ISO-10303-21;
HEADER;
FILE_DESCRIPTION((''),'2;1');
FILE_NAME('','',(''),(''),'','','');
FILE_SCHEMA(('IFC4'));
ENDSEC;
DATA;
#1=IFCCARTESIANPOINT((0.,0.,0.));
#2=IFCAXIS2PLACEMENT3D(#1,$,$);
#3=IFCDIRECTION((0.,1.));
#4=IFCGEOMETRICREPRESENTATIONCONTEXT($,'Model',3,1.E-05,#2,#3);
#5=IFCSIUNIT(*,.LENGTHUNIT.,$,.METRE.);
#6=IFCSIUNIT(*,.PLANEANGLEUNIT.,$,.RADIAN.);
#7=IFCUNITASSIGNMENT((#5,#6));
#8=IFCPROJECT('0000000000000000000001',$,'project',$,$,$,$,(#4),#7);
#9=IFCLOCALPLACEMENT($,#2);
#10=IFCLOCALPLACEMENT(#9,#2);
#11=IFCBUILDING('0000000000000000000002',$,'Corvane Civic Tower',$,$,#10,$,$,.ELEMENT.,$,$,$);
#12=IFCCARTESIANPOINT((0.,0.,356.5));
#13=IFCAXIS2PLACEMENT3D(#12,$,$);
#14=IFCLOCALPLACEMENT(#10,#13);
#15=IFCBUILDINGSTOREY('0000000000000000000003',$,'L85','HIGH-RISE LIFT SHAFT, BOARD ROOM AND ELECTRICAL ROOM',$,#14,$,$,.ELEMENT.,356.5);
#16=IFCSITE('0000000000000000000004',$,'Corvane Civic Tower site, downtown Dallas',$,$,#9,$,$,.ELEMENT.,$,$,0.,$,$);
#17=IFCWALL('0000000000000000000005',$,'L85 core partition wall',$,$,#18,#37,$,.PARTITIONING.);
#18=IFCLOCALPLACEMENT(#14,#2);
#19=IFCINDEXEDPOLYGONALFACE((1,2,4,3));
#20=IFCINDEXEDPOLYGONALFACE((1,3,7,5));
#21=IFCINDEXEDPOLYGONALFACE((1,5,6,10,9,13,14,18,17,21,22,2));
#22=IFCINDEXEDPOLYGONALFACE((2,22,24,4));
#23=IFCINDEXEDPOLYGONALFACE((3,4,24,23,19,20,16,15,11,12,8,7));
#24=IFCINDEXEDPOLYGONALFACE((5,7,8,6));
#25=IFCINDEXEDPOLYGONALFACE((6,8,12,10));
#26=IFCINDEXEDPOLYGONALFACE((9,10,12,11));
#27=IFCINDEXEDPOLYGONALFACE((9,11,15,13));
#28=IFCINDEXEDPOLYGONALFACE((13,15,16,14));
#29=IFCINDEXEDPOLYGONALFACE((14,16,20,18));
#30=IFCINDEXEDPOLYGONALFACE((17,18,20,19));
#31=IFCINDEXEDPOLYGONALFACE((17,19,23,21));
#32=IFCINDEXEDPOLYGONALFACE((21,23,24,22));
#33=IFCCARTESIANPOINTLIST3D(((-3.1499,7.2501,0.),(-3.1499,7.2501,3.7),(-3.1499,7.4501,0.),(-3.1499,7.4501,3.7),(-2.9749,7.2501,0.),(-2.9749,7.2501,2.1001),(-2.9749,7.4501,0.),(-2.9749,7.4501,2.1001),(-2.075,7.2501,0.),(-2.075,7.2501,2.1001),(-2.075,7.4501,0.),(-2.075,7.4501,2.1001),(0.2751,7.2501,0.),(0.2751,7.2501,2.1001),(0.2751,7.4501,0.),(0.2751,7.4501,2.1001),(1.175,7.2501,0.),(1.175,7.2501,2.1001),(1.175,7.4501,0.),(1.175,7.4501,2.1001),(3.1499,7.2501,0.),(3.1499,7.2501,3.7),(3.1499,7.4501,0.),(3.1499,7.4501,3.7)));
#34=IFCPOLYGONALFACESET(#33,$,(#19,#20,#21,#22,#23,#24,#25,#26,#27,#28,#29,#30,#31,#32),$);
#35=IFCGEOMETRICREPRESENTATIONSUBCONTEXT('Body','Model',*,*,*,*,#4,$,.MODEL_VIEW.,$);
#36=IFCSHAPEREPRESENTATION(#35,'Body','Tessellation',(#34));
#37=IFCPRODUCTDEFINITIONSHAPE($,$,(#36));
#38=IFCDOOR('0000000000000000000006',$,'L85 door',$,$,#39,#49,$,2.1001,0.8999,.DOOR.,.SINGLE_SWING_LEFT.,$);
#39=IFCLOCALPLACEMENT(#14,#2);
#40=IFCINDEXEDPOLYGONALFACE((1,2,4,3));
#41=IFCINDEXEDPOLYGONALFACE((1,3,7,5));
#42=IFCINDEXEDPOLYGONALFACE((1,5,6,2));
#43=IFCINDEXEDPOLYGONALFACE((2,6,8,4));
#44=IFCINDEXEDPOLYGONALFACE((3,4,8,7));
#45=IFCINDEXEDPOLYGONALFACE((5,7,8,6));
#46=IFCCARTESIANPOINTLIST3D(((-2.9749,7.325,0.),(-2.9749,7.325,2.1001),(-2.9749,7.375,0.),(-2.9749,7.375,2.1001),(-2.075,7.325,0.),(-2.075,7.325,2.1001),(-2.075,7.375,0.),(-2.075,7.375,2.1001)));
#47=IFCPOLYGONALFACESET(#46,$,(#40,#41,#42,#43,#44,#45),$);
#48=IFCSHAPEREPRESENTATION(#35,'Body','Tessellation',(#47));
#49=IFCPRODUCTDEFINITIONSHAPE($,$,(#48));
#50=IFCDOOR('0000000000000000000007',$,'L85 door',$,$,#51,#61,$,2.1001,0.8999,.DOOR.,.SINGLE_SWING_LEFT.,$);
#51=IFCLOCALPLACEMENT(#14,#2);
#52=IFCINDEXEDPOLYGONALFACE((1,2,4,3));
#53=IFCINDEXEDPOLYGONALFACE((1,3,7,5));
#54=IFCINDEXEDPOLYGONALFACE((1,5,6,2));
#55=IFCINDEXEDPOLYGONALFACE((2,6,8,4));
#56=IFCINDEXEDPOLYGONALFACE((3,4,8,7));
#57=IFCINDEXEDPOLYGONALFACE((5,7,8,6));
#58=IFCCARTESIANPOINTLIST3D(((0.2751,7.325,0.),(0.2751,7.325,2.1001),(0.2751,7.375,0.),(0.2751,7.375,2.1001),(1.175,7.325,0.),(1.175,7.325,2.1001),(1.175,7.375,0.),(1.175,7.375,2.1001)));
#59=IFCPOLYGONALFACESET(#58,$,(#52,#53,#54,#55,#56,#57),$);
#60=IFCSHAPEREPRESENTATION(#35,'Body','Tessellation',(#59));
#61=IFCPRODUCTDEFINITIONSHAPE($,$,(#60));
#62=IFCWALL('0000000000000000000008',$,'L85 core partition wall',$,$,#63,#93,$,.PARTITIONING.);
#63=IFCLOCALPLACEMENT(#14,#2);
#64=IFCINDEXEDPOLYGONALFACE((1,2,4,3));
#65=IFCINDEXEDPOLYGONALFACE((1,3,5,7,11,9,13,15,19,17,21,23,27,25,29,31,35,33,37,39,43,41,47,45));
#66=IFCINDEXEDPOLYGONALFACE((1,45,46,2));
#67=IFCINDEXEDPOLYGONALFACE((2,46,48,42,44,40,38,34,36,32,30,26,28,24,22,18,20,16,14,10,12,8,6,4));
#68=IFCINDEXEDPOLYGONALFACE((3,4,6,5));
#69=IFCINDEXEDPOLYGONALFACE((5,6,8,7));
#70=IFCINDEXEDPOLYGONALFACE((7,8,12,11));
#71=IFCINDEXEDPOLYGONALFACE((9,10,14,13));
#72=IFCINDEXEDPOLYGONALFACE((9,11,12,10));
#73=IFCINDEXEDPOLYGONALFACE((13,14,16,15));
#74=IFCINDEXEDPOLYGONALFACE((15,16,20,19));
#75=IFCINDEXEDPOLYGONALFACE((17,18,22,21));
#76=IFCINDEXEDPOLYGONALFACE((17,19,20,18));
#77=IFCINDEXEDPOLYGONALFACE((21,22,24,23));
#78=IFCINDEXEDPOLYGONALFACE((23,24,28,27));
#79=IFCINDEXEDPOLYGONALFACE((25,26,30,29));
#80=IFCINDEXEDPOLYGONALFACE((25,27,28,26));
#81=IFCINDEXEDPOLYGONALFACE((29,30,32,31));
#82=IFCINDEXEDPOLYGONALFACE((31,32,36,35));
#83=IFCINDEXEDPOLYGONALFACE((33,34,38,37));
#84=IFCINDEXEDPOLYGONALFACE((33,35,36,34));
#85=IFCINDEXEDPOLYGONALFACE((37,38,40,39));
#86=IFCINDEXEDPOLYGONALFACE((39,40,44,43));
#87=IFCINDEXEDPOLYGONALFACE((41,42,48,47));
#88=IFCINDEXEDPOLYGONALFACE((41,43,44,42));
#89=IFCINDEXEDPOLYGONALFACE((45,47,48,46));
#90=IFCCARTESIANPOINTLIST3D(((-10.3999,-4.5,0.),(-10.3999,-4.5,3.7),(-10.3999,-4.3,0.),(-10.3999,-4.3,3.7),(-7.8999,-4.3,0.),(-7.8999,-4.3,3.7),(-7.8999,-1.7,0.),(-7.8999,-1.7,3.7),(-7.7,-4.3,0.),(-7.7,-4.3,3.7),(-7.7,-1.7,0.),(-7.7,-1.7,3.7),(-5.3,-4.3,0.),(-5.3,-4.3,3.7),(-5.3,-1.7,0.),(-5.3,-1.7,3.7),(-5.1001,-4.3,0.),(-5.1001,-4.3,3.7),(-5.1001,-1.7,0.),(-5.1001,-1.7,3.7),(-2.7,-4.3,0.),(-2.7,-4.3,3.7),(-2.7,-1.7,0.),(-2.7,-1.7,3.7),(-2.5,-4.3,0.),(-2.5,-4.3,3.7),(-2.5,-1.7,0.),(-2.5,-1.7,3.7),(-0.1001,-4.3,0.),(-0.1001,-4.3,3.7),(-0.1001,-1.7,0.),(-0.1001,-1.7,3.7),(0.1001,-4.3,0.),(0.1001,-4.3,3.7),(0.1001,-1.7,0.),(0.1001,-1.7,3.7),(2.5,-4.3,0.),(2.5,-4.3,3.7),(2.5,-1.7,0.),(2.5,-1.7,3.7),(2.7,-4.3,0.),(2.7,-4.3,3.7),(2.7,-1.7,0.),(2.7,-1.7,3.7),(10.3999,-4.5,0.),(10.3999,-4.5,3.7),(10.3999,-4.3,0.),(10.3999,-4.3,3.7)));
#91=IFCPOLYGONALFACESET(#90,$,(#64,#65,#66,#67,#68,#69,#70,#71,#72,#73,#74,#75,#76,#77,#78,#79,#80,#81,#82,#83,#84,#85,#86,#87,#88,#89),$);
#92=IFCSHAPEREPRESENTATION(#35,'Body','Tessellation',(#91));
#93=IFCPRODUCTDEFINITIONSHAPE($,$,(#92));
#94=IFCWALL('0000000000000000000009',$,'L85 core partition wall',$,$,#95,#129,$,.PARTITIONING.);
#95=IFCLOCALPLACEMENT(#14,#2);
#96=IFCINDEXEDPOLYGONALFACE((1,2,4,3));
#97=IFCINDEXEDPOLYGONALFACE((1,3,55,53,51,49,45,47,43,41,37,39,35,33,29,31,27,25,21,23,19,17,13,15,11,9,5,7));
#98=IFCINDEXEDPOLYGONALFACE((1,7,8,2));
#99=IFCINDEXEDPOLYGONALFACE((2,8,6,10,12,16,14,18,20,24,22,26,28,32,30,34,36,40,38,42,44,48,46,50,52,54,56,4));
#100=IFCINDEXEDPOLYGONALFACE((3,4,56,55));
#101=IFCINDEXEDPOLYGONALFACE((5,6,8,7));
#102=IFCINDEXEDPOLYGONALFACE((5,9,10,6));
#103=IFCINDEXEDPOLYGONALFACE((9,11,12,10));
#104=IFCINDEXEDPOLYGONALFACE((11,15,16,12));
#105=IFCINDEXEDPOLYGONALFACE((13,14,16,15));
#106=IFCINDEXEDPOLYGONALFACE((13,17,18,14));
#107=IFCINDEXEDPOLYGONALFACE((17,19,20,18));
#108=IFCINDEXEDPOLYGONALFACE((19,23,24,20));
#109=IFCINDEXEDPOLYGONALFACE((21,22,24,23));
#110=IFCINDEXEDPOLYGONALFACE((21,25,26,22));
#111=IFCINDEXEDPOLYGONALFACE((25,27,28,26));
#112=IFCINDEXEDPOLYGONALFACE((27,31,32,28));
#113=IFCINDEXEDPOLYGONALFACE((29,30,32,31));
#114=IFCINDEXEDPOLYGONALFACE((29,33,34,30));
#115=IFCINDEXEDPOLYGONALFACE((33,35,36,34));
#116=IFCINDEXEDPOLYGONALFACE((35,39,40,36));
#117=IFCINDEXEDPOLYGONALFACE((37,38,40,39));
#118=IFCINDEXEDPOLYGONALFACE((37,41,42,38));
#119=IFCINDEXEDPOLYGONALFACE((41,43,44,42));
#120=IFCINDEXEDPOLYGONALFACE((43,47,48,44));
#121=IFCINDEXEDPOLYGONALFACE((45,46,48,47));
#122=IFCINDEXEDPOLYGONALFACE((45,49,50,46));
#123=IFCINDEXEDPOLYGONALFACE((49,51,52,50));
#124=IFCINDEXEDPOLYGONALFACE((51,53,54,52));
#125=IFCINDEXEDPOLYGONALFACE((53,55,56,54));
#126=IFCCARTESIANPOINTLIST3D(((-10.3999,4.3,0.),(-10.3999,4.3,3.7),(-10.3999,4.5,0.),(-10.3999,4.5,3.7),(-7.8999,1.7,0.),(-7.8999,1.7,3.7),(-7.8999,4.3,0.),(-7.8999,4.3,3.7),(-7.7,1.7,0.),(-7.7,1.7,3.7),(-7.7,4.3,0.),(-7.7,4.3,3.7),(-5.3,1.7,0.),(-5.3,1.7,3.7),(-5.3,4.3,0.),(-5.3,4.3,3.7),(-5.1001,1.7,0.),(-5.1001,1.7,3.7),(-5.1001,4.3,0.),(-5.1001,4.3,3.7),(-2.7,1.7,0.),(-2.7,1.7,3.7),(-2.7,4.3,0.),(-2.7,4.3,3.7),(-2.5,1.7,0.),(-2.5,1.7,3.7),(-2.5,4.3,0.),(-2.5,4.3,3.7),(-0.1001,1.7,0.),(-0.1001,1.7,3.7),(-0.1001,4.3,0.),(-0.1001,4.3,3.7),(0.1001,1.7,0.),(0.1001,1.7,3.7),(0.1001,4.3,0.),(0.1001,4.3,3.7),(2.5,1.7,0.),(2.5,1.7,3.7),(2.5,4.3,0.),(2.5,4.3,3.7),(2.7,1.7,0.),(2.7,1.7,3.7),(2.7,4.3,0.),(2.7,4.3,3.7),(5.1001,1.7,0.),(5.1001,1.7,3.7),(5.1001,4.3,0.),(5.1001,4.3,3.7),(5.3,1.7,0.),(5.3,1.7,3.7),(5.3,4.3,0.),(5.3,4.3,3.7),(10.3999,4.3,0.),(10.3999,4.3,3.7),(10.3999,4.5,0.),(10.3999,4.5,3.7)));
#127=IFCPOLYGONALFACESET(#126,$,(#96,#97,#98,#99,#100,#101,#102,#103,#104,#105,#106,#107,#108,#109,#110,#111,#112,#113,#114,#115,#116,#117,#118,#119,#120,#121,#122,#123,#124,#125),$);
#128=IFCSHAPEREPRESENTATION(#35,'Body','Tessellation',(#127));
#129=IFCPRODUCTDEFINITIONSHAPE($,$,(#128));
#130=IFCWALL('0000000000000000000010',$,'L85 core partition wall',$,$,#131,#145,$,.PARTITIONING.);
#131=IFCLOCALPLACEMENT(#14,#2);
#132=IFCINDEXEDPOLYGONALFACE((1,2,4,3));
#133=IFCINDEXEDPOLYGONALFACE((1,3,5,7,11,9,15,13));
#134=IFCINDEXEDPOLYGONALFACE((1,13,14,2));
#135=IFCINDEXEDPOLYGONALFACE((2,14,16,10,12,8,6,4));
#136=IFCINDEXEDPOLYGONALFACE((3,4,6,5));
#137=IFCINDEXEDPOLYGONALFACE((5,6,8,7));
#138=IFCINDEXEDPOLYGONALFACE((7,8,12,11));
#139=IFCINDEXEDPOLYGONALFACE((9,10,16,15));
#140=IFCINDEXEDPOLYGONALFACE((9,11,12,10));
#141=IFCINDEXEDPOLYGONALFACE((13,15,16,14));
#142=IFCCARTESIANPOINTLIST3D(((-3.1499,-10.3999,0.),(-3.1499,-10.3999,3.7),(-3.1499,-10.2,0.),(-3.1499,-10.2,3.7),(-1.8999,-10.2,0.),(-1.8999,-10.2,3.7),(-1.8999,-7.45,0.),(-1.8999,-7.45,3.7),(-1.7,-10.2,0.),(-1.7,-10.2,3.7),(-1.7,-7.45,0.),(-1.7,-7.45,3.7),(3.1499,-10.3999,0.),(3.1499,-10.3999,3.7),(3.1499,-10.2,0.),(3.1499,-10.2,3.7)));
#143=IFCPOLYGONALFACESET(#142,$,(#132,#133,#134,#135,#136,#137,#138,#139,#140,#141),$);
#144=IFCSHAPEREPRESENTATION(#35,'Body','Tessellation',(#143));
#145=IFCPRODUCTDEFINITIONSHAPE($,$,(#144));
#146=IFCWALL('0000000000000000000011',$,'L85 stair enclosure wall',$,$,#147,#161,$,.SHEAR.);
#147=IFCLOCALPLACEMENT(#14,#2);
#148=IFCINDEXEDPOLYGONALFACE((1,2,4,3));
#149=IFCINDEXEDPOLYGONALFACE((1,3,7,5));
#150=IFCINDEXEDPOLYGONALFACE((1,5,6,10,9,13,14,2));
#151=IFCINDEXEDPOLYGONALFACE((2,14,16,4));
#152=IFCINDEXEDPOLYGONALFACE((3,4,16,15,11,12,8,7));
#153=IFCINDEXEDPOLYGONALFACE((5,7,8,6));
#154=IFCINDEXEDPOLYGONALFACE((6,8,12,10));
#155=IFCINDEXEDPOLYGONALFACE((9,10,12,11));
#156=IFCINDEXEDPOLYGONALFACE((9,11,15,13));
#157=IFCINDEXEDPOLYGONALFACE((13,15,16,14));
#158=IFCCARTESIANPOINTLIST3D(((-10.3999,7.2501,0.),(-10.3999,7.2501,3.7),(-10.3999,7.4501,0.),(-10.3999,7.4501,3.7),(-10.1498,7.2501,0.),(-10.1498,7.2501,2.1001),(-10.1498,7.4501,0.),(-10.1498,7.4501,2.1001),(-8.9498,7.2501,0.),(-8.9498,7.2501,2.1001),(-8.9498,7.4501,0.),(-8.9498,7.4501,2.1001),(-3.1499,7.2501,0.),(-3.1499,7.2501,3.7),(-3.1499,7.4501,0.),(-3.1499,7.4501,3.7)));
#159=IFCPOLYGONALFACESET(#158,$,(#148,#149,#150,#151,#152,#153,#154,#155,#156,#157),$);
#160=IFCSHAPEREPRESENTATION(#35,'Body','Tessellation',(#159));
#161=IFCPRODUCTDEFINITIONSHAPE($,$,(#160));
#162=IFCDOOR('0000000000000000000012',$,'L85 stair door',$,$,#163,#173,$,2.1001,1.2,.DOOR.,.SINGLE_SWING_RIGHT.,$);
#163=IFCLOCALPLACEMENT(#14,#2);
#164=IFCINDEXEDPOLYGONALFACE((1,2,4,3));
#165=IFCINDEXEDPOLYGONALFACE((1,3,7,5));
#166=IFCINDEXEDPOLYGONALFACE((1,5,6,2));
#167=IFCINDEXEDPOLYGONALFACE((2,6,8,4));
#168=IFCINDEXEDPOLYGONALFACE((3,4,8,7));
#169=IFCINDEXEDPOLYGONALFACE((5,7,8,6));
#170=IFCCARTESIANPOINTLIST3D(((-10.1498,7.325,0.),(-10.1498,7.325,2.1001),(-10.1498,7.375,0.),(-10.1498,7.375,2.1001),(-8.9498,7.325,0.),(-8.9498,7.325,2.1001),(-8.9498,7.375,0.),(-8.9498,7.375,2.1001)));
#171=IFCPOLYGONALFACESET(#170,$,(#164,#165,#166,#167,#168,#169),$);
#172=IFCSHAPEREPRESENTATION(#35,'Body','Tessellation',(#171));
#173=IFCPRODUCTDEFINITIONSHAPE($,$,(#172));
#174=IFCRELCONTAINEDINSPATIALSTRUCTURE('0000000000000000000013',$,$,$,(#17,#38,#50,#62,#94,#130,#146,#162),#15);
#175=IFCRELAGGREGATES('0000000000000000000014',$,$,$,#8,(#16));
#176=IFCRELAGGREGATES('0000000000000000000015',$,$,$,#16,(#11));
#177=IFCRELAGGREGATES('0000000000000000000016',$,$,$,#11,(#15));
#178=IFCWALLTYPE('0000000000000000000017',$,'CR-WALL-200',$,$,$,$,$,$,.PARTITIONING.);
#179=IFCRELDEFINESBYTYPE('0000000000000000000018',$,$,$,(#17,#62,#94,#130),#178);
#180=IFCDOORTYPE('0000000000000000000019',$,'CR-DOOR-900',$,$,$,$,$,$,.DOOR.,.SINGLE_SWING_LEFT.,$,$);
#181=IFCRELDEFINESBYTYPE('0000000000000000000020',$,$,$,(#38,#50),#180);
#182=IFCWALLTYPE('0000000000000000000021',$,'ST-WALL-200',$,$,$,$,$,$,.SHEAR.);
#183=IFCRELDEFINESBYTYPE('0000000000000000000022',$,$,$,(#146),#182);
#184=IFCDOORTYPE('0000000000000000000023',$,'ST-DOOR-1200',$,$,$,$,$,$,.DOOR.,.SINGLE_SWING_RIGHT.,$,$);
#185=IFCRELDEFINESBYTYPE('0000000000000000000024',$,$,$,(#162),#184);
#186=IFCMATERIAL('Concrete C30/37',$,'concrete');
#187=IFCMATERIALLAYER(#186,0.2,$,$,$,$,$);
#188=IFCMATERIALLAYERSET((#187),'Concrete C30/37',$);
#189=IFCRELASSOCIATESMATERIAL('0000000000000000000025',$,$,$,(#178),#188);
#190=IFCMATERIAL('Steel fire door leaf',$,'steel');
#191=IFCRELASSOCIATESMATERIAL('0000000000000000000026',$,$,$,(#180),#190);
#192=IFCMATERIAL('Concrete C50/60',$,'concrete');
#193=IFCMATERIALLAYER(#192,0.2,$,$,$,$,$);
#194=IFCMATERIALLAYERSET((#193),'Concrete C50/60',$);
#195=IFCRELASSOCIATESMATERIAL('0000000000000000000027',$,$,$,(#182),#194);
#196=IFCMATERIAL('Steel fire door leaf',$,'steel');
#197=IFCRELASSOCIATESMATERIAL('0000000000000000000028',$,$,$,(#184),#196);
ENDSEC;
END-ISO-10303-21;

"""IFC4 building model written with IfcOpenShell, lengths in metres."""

from ifc_helpers import new_model, si_unit, direction, frame, frame_2d, origin, place, context, subcontext, project, spatial, polyline, rectangle, outline, extrude, material, layer, layer_set, type_object, element, fill, save


model = new_model("IFC4")

# Units and contexts
model_context = context("Model", 3, precision=1e-05, world=origin(), true_north=direction((0.0, 1.0)))
body_context = subcontext(model_context, "Body", "Model", "MODEL_VIEW")
ifc_project = project(units=[si_unit("LENGTHUNIT", "METRE"), si_unit("PLANEANGLEUNIT", "RADIAN")], contexts=[model_context])

# Site, building, storey
site_placement = place(None, origin())
site = spatial("IfcSite", under=ifc_project, at=site_placement, Name="Corvane Civic Tower site, downtown Dallas", CompositionType="ELEMENT", RefElevation=0.0)
building_placement = place(site_placement, origin())
building = spatial("IfcBuilding", under=site, at=building_placement, Name="Corvane Civic Tower", CompositionType="ELEMENT")
storey_placement = place(building_placement, frame((0.0, 0.0, 356.5)))
storey = spatial("IfcBuildingStorey", under=building, at=storey_placement, Name="L85", Description="HIGH-RISE LIFT SHAFT, BOARD ROOM AND ELECTRICAL ROOM", CompositionType="ELEMENT", Elevation=356.5)

# Wall, openings, doors
ifc_material_1 = material(Name="Concrete C30/37", Category="concrete")
ifc_layer_1 = layer(ifc_material_1, 0.2)
ifc_layer_set_1 = layer_set([ifc_layer_1], Name="Concrete C30/37")
wall_type_1 = type_object("IfcWallType", Name="CR-WALL-200", PredefinedType="PARTITIONING", material=ifc_layer_set_1)
ifc_material_2 = material(Name="Steel fire door leaf", Category="steel")
door_type_1 = type_object("IfcDoorType", Name="CR-DOOR-900", OperationType="SINGLE_SWING_LEFT", PredefinedType="DOOR", material=ifc_material_2)
wall_1_placement = place(storey_placement, frame((-3.1499, 7.3501, 0.0), z_axis=(0.0, 0.0, 1.0), x_axis=(1.0, 0.0, 0.0)))
wall_1 = element("IfcWall", 1, at=wall_1_placement, inside=storey, type_object=wall_type_1, Name="L85 core partition wall", PredefinedType="PARTITIONING", context=body_context, shape_type="SweptSolid", body=[
    extrude(rectangle(XDim=6.2998, YDim=0.2, at=frame_2d((3.1499, 0.0))), origin(), (0.0, 0.0, 1.0), 3.7),
])
opening_1_placement = place(wall_1_placement, frame((0.175, 0.0, 0.0)))
opening_1 = element("IfcOpeningElement", 2, at=opening_1_placement, cuts=wall_1, PredefinedType="OPENING", context=body_context, shape_type="SweptSolid", body=[
    extrude(rectangle(XDim=0.8999, YDim=2.1001, at=frame_2d((0.45, 1.05))), frame((0.0, 0.1099, 0.0), z_axis=(0.0, -1.0, 0.0), x_axis=(1.0, 0.0, 0.0)), (0.0, 0.0, 1.0), 0.22),
])
opening_2_placement = place(wall_1_placement, frame((3.425, 0.0, 0.0)))
opening_2 = element("IfcOpeningElement", 3, at=opening_2_placement, cuts=wall_1, PredefinedType="OPENING", context=body_context, shape_type="SweptSolid", body=[
    extrude(rectangle(XDim=0.8999, YDim=2.1001, at=frame_2d((0.45, 1.05))), frame((0.0, 0.1099, 0.0), z_axis=(0.0, -1.0, 0.0), x_axis=(1.0, 0.0, 0.0)), (0.0, 0.0, 1.0), 0.22),
])
door_1_placement = place(opening_1_placement, origin())
door_1 = element("IfcDoor", 4, at=door_1_placement, inside=storey, type_object=door_type_1, Name="L85 door", OperationType="SINGLE_SWING_LEFT", OverallHeight=2.1001, OverallWidth=0.8999, PredefinedType="DOOR", context=body_context, shape_type="SweptSolid", body=[
    extrude(rectangle(XDim=0.8999, YDim=2.1001, at=frame_2d((0.45, 1.05))), frame((0.0, 0.0249, 0.0), z_axis=(0.0, -1.0, 0.0), x_axis=(1.0, 0.0, 0.0)), (0.0, 0.0, 1.0), 0.05),
])
fill(opening_1, door_1)
door_2_placement = place(opening_2_placement, origin())
door_2 = element("IfcDoor", 5, at=door_2_placement, inside=storey, type_object=door_type_1, Name="L85 door", OperationType="SINGLE_SWING_LEFT", OverallHeight=2.1001, OverallWidth=0.8999, PredefinedType="DOOR", context=body_context, shape_type="SweptSolid", body=[
    extrude(rectangle(XDim=0.8999, YDim=2.1001, at=frame_2d((0.45, 1.05))), frame((0.0, 0.0249, 0.0), z_axis=(0.0, -1.0, 0.0), x_axis=(1.0, 0.0, 0.0)), (0.0, 0.0, 1.0), 0.05),
])
fill(opening_2, door_2)

# Walls
wall_2_placement = place(storey_placement, origin())
element("IfcWall", 6, at=wall_2_placement, inside=storey, type_object=wall_type_1, Name="L85 core partition wall", PredefinedType="PARTITIONING", context=body_context, shape_type="SweptSolid", body=[
    extrude(outline(polyline([(-7.8999, -1.7), (-7.7, -1.7), (-7.7, -4.3), (-5.3, -4.3), (-5.3, -1.7), (-5.1001, -1.7), (-5.1001, -4.3), (-2.7, -4.3), (-2.7, -1.7), (-2.5, -1.7), (-2.5, -4.3), (-0.1001, -4.3), (-0.1001, -1.7), (0.1001, -1.7), (0.1001, -4.3), (2.5, -4.3), (2.5, -1.7), (2.7, -1.7), (2.7, -4.3), (10.3999, -4.3), (10.3999, -4.5), (-10.3999, -4.5), (-10.3999, -4.3), (-7.8999, -4.3), (-7.8999, -1.7)])), origin(), (0.0, 0.0, 1.0), 3.7),
])
wall_3_placement = place(storey_placement, origin())
element("IfcWall", 7, at=wall_3_placement, inside=storey, type_object=wall_type_1, Name="L85 core partition wall", PredefinedType="PARTITIONING", context=body_context, shape_type="SweptSolid", body=[
    extrude(outline(polyline([(-7.7, 1.7), (-7.8999, 1.7), (-7.8999, 4.3), (-10.3999, 4.3), (-10.3999, 4.5), (10.3999, 4.5), (10.3999, 4.3), (5.3, 4.3), (5.3, 1.7), (5.1001, 1.7), (5.1001, 4.3), (2.7, 4.3), (2.7, 1.7), (2.5, 1.7), (2.5, 4.3), (0.1001, 4.3), (0.1001, 1.7), (-0.1001, 1.7), (-0.1001, 4.3), (-2.5, 4.3), (-2.5, 1.7), (-2.7, 1.7), (-2.7, 4.3), (-5.1001, 4.3), (-5.1001, 1.7), (-5.3, 1.7), (-5.3, 4.3), (-7.7, 4.3), (-7.7, 1.7)])), origin(), (0.0, 0.0, 1.0), 3.7),
])
wall_4_placement = place(storey_placement, origin())
element("IfcWall", 8, at=wall_4_placement, inside=storey, type_object=wall_type_1, Name="L85 core partition wall", PredefinedType="PARTITIONING", context=body_context, shape_type="SweptSolid", body=[
    extrude(outline(polyline([(-1.8999, -7.45), (-1.7, -7.45), (-1.7, -10.2), (3.1499, -10.2), (3.1499, -10.3999), (-3.1499, -10.3999), (-3.1499, -10.2), (-1.8999, -10.2), (-1.8999, -7.45)])), origin(), (0.0, 0.0, 1.0), 3.7),
])

# Wall, opening, door
ifc_material_3 = material(Name="Concrete C50/60", Category="concrete")
ifc_layer_2 = layer(ifc_material_3, 0.2)
ifc_layer_set_2 = layer_set([ifc_layer_2], Name="Concrete C50/60")
wall_type_2 = type_object("IfcWallType", Name="ST-WALL-200", PredefinedType="SHEAR", material=ifc_layer_set_2)
wall_5_placement = place(storey_placement, frame((-10.3999, 7.3501, 0.0), z_axis=(0.0, 0.0, 1.0), x_axis=(1.0, 0.0, 0.0)))
wall_5 = element("IfcWall", 9, at=wall_5_placement, inside=storey, type_object=wall_type_2, Name="L85 stair enclosure wall", PredefinedType="SHEAR", context=body_context, shape_type="SweptSolid", body=[
    extrude(rectangle(XDim=7.25, YDim=0.2, at=frame_2d((3.625, 0.0))), origin(), (0.0, 0.0, 1.0), 3.7),
])
opening_3_placement = place(wall_5_placement, frame((0.25, 0.0, 0.0)))
opening_3 = element("IfcOpeningElement", 10, at=opening_3_placement, cuts=wall_5, PredefinedType="OPENING", context=body_context, shape_type="SweptSolid", body=[
    extrude(rectangle(XDim=1.2, YDim=2.1001, at=frame_2d((0.6001, 1.05))), frame((0.0, 0.1099, 0.0), z_axis=(0.0, -1.0, 0.0), x_axis=(1.0, 0.0, 0.0)), (0.0, 0.0, 1.0), 0.22),
])
ifc_material_4 = material(Name="Steel fire door leaf", Category="steel")
door_type_2 = type_object("IfcDoorType", Name="ST-DOOR-1200", OperationType="SINGLE_SWING_RIGHT", PredefinedType="DOOR", material=ifc_material_4)
door_3_placement = place(opening_3_placement, origin())
door_3 = element("IfcDoor", 11, at=door_3_placement, inside=storey, type_object=door_type_2, Name="L85 stair door", OperationType="SINGLE_SWING_RIGHT", OverallHeight=2.1001, OverallWidth=1.2, PredefinedType="DOOR", context=body_context, shape_type="SweptSolid", body=[
    extrude(rectangle(XDim=1.2, YDim=2.1001, at=frame_2d((0.6001, 1.05))), frame((0.0, 0.0249, 0.0), z_axis=(0.0, -1.0, 0.0), x_axis=(1.0, 0.0, 0.0)), (0.0, 0.0, 1.0), 0.05),
])
fill(opening_3, door_3)

save(model, "model.ifc")
